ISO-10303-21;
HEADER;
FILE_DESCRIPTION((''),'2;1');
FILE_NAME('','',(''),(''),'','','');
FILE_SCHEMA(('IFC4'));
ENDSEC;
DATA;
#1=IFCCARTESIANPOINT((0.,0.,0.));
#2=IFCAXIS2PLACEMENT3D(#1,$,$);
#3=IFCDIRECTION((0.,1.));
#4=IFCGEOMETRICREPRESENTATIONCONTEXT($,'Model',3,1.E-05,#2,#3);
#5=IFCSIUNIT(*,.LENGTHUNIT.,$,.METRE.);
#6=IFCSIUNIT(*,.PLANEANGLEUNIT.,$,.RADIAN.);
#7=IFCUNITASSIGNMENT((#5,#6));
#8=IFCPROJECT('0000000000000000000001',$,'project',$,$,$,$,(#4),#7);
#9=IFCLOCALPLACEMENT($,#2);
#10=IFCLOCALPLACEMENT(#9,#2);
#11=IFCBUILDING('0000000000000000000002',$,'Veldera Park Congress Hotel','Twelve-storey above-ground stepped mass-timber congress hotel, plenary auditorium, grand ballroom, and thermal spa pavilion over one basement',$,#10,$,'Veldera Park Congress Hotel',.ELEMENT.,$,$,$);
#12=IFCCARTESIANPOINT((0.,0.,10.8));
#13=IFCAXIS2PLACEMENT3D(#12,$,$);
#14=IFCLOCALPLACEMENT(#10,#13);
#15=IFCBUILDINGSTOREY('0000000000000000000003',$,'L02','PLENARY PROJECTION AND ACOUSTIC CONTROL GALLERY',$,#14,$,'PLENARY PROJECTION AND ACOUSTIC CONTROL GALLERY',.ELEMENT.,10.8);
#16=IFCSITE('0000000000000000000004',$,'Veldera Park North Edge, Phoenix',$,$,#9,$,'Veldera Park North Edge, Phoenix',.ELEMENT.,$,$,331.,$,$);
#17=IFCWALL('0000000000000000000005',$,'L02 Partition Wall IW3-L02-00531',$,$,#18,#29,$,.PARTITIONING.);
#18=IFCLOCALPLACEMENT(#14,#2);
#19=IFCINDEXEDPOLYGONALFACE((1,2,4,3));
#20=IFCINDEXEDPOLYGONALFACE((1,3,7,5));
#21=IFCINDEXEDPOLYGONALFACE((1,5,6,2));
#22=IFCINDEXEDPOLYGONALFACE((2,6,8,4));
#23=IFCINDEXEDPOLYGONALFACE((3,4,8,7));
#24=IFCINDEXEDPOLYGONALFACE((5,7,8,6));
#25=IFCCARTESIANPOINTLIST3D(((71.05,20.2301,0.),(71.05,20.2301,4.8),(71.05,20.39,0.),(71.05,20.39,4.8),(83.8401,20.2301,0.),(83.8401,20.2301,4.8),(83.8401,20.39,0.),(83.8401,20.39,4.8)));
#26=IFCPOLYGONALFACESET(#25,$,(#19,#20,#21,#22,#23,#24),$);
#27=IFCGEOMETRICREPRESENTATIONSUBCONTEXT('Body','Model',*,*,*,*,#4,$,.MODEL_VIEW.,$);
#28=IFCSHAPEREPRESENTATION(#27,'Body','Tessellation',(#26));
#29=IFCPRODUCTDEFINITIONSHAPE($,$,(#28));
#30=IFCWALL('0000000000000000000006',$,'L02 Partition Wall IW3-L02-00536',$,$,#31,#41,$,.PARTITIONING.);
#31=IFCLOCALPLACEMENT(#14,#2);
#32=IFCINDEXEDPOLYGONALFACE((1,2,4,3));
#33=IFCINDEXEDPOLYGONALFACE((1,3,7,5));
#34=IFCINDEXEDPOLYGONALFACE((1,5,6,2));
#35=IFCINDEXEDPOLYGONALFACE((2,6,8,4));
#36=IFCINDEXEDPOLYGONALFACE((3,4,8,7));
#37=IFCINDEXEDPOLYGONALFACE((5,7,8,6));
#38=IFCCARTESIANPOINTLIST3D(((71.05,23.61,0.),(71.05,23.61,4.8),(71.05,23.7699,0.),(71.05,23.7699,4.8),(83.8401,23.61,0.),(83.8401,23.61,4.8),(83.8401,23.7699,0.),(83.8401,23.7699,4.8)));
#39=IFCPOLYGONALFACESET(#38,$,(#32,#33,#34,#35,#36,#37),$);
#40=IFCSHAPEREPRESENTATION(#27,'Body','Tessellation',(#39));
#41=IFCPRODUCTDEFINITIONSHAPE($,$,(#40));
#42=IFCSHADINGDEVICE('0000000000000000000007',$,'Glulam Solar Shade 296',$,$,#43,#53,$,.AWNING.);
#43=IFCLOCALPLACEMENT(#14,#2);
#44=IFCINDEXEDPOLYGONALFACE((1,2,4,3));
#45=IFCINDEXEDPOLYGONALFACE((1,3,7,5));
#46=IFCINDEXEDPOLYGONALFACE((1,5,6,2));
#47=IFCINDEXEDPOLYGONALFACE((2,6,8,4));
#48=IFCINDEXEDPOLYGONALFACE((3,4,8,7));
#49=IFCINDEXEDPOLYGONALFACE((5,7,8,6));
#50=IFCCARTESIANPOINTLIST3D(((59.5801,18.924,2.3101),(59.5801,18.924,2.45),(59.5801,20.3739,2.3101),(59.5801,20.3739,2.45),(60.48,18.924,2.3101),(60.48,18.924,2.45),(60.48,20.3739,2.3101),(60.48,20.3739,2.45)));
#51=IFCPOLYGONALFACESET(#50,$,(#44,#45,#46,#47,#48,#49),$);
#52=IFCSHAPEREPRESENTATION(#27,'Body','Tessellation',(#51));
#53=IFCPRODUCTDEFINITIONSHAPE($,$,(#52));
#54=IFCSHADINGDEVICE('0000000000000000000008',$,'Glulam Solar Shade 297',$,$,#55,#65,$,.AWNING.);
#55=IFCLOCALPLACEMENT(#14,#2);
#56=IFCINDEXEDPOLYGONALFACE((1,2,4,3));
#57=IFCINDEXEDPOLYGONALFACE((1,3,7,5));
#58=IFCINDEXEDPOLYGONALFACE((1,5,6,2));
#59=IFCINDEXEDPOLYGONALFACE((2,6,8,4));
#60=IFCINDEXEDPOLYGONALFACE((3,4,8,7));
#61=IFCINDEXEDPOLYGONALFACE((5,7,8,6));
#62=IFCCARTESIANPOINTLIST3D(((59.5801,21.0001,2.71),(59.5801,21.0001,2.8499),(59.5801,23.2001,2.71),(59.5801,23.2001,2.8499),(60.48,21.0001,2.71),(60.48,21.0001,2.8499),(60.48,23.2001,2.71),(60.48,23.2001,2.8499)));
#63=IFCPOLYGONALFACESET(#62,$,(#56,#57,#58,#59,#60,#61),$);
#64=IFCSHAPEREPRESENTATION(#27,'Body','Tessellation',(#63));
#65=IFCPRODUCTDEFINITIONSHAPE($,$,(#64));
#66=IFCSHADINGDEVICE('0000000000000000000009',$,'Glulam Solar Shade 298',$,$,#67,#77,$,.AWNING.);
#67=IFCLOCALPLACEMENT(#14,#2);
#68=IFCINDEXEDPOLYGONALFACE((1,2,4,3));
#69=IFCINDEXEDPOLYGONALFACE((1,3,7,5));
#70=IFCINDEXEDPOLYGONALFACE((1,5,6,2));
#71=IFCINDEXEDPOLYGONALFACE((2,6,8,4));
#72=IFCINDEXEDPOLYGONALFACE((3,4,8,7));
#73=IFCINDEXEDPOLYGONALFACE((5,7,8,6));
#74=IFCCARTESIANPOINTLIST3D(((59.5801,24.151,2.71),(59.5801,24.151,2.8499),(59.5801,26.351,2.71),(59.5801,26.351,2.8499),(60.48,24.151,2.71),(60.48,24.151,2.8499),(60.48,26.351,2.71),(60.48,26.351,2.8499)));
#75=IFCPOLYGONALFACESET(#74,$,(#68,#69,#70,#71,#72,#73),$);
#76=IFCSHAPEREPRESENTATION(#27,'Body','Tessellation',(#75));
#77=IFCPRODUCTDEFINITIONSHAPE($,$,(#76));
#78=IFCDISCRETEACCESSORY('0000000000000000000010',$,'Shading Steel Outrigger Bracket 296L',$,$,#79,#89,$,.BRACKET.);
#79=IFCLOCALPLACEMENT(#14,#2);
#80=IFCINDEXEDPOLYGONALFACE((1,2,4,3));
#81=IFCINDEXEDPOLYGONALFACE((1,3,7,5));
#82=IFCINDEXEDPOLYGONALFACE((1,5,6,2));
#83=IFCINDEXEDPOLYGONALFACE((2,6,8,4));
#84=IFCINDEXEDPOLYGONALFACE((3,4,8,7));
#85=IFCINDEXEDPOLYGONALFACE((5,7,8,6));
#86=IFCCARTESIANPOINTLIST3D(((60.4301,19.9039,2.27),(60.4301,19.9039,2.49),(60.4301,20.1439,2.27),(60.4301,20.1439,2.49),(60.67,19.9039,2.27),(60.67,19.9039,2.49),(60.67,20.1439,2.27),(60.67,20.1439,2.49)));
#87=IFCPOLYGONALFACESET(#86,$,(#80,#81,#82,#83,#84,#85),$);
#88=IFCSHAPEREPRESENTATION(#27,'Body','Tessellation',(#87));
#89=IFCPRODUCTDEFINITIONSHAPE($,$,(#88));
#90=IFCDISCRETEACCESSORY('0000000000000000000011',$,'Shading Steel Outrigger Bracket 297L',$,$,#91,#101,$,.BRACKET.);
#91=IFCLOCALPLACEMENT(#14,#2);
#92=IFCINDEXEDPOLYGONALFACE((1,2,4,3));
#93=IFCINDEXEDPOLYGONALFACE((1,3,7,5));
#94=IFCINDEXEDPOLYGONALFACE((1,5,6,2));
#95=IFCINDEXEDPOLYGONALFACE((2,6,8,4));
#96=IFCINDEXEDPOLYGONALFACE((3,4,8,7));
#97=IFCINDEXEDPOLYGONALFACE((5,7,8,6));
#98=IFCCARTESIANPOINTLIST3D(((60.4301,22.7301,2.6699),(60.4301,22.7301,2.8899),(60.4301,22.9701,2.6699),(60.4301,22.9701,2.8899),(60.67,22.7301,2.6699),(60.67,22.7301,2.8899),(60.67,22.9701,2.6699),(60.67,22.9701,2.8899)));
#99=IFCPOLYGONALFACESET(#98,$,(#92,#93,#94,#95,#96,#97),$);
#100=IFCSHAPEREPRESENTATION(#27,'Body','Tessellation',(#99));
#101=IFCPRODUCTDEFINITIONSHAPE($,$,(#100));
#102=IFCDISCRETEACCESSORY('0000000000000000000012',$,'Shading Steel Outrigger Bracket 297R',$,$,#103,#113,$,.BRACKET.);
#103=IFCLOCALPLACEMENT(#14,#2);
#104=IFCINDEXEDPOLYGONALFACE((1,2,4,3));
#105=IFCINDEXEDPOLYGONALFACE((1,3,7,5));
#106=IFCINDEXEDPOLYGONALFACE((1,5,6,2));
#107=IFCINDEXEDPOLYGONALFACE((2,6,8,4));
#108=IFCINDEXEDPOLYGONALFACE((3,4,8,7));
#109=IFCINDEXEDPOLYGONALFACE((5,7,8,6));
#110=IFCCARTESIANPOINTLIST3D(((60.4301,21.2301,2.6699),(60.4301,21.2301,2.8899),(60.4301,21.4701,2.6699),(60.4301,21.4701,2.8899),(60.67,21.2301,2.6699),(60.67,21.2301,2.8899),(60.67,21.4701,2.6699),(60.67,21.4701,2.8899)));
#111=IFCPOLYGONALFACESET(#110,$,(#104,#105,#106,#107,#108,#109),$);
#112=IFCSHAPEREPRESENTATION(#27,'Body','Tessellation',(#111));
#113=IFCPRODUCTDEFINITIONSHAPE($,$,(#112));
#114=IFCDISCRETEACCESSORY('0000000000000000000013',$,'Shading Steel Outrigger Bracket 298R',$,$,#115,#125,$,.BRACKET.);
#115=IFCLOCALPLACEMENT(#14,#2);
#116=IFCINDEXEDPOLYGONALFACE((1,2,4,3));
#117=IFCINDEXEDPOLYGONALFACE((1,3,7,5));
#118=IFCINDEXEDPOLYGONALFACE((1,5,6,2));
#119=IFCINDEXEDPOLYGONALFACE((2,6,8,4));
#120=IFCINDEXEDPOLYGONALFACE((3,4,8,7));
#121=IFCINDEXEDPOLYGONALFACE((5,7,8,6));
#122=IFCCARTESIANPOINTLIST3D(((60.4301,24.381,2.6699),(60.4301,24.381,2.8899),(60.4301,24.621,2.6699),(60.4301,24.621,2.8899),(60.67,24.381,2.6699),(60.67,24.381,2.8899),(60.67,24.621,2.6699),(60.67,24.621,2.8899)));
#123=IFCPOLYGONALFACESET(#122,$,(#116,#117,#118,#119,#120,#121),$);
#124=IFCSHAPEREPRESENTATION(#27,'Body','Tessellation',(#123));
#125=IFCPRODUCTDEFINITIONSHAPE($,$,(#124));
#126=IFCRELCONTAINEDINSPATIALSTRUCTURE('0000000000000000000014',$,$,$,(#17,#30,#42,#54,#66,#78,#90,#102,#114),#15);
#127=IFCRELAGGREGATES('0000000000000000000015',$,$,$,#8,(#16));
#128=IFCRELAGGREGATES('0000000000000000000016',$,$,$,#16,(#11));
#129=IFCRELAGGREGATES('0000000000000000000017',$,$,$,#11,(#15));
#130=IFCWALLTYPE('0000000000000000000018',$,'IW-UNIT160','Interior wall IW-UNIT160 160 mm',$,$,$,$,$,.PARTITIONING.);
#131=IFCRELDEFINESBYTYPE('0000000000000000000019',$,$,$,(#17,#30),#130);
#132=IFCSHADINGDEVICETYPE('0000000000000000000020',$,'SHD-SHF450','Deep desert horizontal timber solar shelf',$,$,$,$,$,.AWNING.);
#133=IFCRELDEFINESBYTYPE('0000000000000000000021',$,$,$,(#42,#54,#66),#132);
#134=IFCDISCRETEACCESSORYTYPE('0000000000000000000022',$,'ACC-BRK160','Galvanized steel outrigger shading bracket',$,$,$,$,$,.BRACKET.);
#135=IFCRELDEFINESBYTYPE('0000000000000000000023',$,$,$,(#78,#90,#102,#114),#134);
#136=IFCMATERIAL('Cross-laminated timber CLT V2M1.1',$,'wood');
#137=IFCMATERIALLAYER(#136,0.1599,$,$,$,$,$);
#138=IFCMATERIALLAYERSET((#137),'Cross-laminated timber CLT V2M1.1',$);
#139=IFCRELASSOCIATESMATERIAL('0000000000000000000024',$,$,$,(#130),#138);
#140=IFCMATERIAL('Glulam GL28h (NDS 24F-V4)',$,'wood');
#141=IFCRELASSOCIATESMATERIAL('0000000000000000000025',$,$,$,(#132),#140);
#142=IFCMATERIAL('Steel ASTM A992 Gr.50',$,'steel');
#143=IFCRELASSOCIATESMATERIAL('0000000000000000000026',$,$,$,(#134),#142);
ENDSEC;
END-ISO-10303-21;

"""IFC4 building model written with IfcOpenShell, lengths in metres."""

from ifc_helpers import new_model, si_unit, direction, frame, frame_2d, origin, origin_2d, place, context, subcontext, project, spatial, rectangle, extrude, material, layer, layer_set, type_object, element, save


model = new_model("IFC4")

# Units and contexts
model_context = context("Model", 3, precision=1e-05, world=origin(), true_north=direction((0.0, 1.0)))
body_context = subcontext(model_context, "Body", "Model", "MODEL_VIEW")
ifc_project = project(units=[si_unit("LENGTHUNIT", "METRE"), si_unit("PLANEANGLEUNIT", "RADIAN")], contexts=[model_context])

# Site, building, storey
site_placement = place(None, origin())
site = spatial("IfcSite", under=ifc_project, at=site_placement, Name="Veldera Park North Edge, Phoenix", LongName="Veldera Park North Edge, Phoenix", CompositionType="ELEMENT", RefElevation=331.0)
building_placement = place(site_placement, origin())
building = spatial("IfcBuilding", under=site, at=building_placement, Name="Veldera Park Congress Hotel", Description="Twelve-storey above-ground stepped mass-timber congress hotel, plenary auditorium, grand ballroom, and thermal spa pavilion over one basement", LongName="Veldera Park Congress Hotel", CompositionType="ELEMENT")
storey_placement = place(building_placement, frame((0.0, 0.0, 10.8)))
storey = spatial("IfcBuildingStorey", under=building, at=storey_placement, Name="L02", Description="PLENARY PROJECTION AND ACOUSTIC CONTROL GALLERY", LongName="PLENARY PROJECTION AND ACOUSTIC CONTROL GALLERY", CompositionType="ELEMENT", Elevation=10.8)

# Walls
ifc_material_1 = material(Name="Cross-laminated timber CLT V2M1.1", Category="wood")
ifc_layer_1 = layer(ifc_material_1, 0.1599)
ifc_layer_set_1 = layer_set([ifc_layer_1], Name="Cross-laminated timber CLT V2M1.1")
wall_type_1 = type_object("IfcWallType", Name="IW-UNIT160", Description="Interior wall IW-UNIT160 160 mm", PredefinedType="PARTITIONING", material=ifc_layer_set_1)
for number, where, z_axis, x_axis, name in (
    (1, (71.05, 20.3101, 0.0), (0.0, 0.0, 1.0), (1.0, 0.0, 0.0), "L02 Partition Wall IW3-L02-00531"),
    (2, (71.05, 23.6899, 0.0), (0.0, 0.0, 1.0), (1.0, 0.0, 0.0), "L02 Partition Wall IW3-L02-00536"),
):
    element("IfcWall", number, at=place(storey_placement, frame(where, z_axis=z_axis, x_axis=x_axis)), inside=storey, type_object=wall_type_1, Name=name, PredefinedType="PARTITIONING", context=body_context, shape_type="SweptSolid", body=[
        extrude(rectangle(XDim=12.79, YDim=0.1599, at=frame_2d((6.395, 0.0))), origin(), (0.0, 0.0, 1.0), 4.8),
    ])

# Shading devices
ifc_material_2 = material(Name="Glulam GL28h (NDS 24F-V4)", Category="wood")
shading_device_type = type_object("IfcShadingDeviceType", Name="SHD-SHF450", Description="Deep desert horizontal timber solar shelf", PredefinedType="AWNING", material=ifc_material_2)
shading_device_placement = place(storey_placement, frame((60.03, 19.6489, 2.3101), z_axis=(0.0, 0.0, 1.0), x_axis=(0.0, -1.0, 0.0)))
element("IfcShadingDevice", 3, at=shading_device_placement, inside=storey, type_object=shading_device_type, Name="Glulam Solar Shade 296", PredefinedType="AWNING", context=body_context, shape_type="SweptSolid", body=[
    extrude(rectangle(XDim=1.45, YDim=0.8999, at=origin_2d()), origin(), (0.0, 0.0, 1.0), 0.1399),
])
for number, where, z_axis, x_axis, name in (
    (4, (60.03, 22.1001, 2.71), (0.0, 0.0, 1.0), (0.0, -1.0, 0.0), "Glulam Solar Shade 297"),
    (5, (60.03, 25.251, 2.71), (0.0, 0.0, 1.0), (0.0, -1.0, 0.0), "Glulam Solar Shade 298"),
):
    element("IfcShadingDevice", number, at=place(storey_placement, frame(where, z_axis=z_axis, x_axis=x_axis)), inside=storey, type_object=shading_device_type, Name=name, PredefinedType="AWNING", context=body_context, shape_type="SweptSolid", body=[
        extrude(rectangle(XDim=2.2, YDim=0.8999, at=origin_2d()), origin(), (0.0, 0.0, 1.0), 0.1399),
    ])

# Discrete accessories
ifc_material_3 = material(Name="Steel ASTM A992 Gr.50", Category="steel")
discrete_accessory_type = type_object("IfcDiscreteAccessoryType", Name="ACC-BRK160", Description="Galvanized steel outrigger shading bracket", PredefinedType="BRACKET", material=ifc_material_3)
for number, where, z_axis, x_axis, name in (
    (6, (60.55, 20.0239, 2.27), (0.0, 0.0, 1.0), (0.0, -1.0, 0.0), "Shading Steel Outrigger Bracket 296L"),
    (7, (60.55, 22.8501, 2.6699), (0.0, 0.0, 1.0), (0.0, -1.0, 0.0), "Shading Steel Outrigger Bracket 297L"),
    (8, (60.55, 21.3501, 2.6699), (0.0, 0.0, 1.0), (0.0, -1.0, 0.0), "Shading Steel Outrigger Bracket 297R"),
    (9, (60.55, 24.501, 2.6699), (0.0, 0.0, 1.0), (0.0, -1.0, 0.0), "Shading Steel Outrigger Bracket 298R"),
):
    element("IfcDiscreteAccessory", number, at=place(storey_placement, frame(where, z_axis=z_axis, x_axis=x_axis)), inside=storey, type_object=discrete_accessory_type, Name=name, PredefinedType="BRACKET", context=body_context, shape_type="SweptSolid", body=[
        extrude(rectangle(XDim=0.24, YDim=0.24, at=origin_2d()), origin(), (0.0, 0.0, 1.0), 0.22),
    ])

save(model, "model.ifc")
